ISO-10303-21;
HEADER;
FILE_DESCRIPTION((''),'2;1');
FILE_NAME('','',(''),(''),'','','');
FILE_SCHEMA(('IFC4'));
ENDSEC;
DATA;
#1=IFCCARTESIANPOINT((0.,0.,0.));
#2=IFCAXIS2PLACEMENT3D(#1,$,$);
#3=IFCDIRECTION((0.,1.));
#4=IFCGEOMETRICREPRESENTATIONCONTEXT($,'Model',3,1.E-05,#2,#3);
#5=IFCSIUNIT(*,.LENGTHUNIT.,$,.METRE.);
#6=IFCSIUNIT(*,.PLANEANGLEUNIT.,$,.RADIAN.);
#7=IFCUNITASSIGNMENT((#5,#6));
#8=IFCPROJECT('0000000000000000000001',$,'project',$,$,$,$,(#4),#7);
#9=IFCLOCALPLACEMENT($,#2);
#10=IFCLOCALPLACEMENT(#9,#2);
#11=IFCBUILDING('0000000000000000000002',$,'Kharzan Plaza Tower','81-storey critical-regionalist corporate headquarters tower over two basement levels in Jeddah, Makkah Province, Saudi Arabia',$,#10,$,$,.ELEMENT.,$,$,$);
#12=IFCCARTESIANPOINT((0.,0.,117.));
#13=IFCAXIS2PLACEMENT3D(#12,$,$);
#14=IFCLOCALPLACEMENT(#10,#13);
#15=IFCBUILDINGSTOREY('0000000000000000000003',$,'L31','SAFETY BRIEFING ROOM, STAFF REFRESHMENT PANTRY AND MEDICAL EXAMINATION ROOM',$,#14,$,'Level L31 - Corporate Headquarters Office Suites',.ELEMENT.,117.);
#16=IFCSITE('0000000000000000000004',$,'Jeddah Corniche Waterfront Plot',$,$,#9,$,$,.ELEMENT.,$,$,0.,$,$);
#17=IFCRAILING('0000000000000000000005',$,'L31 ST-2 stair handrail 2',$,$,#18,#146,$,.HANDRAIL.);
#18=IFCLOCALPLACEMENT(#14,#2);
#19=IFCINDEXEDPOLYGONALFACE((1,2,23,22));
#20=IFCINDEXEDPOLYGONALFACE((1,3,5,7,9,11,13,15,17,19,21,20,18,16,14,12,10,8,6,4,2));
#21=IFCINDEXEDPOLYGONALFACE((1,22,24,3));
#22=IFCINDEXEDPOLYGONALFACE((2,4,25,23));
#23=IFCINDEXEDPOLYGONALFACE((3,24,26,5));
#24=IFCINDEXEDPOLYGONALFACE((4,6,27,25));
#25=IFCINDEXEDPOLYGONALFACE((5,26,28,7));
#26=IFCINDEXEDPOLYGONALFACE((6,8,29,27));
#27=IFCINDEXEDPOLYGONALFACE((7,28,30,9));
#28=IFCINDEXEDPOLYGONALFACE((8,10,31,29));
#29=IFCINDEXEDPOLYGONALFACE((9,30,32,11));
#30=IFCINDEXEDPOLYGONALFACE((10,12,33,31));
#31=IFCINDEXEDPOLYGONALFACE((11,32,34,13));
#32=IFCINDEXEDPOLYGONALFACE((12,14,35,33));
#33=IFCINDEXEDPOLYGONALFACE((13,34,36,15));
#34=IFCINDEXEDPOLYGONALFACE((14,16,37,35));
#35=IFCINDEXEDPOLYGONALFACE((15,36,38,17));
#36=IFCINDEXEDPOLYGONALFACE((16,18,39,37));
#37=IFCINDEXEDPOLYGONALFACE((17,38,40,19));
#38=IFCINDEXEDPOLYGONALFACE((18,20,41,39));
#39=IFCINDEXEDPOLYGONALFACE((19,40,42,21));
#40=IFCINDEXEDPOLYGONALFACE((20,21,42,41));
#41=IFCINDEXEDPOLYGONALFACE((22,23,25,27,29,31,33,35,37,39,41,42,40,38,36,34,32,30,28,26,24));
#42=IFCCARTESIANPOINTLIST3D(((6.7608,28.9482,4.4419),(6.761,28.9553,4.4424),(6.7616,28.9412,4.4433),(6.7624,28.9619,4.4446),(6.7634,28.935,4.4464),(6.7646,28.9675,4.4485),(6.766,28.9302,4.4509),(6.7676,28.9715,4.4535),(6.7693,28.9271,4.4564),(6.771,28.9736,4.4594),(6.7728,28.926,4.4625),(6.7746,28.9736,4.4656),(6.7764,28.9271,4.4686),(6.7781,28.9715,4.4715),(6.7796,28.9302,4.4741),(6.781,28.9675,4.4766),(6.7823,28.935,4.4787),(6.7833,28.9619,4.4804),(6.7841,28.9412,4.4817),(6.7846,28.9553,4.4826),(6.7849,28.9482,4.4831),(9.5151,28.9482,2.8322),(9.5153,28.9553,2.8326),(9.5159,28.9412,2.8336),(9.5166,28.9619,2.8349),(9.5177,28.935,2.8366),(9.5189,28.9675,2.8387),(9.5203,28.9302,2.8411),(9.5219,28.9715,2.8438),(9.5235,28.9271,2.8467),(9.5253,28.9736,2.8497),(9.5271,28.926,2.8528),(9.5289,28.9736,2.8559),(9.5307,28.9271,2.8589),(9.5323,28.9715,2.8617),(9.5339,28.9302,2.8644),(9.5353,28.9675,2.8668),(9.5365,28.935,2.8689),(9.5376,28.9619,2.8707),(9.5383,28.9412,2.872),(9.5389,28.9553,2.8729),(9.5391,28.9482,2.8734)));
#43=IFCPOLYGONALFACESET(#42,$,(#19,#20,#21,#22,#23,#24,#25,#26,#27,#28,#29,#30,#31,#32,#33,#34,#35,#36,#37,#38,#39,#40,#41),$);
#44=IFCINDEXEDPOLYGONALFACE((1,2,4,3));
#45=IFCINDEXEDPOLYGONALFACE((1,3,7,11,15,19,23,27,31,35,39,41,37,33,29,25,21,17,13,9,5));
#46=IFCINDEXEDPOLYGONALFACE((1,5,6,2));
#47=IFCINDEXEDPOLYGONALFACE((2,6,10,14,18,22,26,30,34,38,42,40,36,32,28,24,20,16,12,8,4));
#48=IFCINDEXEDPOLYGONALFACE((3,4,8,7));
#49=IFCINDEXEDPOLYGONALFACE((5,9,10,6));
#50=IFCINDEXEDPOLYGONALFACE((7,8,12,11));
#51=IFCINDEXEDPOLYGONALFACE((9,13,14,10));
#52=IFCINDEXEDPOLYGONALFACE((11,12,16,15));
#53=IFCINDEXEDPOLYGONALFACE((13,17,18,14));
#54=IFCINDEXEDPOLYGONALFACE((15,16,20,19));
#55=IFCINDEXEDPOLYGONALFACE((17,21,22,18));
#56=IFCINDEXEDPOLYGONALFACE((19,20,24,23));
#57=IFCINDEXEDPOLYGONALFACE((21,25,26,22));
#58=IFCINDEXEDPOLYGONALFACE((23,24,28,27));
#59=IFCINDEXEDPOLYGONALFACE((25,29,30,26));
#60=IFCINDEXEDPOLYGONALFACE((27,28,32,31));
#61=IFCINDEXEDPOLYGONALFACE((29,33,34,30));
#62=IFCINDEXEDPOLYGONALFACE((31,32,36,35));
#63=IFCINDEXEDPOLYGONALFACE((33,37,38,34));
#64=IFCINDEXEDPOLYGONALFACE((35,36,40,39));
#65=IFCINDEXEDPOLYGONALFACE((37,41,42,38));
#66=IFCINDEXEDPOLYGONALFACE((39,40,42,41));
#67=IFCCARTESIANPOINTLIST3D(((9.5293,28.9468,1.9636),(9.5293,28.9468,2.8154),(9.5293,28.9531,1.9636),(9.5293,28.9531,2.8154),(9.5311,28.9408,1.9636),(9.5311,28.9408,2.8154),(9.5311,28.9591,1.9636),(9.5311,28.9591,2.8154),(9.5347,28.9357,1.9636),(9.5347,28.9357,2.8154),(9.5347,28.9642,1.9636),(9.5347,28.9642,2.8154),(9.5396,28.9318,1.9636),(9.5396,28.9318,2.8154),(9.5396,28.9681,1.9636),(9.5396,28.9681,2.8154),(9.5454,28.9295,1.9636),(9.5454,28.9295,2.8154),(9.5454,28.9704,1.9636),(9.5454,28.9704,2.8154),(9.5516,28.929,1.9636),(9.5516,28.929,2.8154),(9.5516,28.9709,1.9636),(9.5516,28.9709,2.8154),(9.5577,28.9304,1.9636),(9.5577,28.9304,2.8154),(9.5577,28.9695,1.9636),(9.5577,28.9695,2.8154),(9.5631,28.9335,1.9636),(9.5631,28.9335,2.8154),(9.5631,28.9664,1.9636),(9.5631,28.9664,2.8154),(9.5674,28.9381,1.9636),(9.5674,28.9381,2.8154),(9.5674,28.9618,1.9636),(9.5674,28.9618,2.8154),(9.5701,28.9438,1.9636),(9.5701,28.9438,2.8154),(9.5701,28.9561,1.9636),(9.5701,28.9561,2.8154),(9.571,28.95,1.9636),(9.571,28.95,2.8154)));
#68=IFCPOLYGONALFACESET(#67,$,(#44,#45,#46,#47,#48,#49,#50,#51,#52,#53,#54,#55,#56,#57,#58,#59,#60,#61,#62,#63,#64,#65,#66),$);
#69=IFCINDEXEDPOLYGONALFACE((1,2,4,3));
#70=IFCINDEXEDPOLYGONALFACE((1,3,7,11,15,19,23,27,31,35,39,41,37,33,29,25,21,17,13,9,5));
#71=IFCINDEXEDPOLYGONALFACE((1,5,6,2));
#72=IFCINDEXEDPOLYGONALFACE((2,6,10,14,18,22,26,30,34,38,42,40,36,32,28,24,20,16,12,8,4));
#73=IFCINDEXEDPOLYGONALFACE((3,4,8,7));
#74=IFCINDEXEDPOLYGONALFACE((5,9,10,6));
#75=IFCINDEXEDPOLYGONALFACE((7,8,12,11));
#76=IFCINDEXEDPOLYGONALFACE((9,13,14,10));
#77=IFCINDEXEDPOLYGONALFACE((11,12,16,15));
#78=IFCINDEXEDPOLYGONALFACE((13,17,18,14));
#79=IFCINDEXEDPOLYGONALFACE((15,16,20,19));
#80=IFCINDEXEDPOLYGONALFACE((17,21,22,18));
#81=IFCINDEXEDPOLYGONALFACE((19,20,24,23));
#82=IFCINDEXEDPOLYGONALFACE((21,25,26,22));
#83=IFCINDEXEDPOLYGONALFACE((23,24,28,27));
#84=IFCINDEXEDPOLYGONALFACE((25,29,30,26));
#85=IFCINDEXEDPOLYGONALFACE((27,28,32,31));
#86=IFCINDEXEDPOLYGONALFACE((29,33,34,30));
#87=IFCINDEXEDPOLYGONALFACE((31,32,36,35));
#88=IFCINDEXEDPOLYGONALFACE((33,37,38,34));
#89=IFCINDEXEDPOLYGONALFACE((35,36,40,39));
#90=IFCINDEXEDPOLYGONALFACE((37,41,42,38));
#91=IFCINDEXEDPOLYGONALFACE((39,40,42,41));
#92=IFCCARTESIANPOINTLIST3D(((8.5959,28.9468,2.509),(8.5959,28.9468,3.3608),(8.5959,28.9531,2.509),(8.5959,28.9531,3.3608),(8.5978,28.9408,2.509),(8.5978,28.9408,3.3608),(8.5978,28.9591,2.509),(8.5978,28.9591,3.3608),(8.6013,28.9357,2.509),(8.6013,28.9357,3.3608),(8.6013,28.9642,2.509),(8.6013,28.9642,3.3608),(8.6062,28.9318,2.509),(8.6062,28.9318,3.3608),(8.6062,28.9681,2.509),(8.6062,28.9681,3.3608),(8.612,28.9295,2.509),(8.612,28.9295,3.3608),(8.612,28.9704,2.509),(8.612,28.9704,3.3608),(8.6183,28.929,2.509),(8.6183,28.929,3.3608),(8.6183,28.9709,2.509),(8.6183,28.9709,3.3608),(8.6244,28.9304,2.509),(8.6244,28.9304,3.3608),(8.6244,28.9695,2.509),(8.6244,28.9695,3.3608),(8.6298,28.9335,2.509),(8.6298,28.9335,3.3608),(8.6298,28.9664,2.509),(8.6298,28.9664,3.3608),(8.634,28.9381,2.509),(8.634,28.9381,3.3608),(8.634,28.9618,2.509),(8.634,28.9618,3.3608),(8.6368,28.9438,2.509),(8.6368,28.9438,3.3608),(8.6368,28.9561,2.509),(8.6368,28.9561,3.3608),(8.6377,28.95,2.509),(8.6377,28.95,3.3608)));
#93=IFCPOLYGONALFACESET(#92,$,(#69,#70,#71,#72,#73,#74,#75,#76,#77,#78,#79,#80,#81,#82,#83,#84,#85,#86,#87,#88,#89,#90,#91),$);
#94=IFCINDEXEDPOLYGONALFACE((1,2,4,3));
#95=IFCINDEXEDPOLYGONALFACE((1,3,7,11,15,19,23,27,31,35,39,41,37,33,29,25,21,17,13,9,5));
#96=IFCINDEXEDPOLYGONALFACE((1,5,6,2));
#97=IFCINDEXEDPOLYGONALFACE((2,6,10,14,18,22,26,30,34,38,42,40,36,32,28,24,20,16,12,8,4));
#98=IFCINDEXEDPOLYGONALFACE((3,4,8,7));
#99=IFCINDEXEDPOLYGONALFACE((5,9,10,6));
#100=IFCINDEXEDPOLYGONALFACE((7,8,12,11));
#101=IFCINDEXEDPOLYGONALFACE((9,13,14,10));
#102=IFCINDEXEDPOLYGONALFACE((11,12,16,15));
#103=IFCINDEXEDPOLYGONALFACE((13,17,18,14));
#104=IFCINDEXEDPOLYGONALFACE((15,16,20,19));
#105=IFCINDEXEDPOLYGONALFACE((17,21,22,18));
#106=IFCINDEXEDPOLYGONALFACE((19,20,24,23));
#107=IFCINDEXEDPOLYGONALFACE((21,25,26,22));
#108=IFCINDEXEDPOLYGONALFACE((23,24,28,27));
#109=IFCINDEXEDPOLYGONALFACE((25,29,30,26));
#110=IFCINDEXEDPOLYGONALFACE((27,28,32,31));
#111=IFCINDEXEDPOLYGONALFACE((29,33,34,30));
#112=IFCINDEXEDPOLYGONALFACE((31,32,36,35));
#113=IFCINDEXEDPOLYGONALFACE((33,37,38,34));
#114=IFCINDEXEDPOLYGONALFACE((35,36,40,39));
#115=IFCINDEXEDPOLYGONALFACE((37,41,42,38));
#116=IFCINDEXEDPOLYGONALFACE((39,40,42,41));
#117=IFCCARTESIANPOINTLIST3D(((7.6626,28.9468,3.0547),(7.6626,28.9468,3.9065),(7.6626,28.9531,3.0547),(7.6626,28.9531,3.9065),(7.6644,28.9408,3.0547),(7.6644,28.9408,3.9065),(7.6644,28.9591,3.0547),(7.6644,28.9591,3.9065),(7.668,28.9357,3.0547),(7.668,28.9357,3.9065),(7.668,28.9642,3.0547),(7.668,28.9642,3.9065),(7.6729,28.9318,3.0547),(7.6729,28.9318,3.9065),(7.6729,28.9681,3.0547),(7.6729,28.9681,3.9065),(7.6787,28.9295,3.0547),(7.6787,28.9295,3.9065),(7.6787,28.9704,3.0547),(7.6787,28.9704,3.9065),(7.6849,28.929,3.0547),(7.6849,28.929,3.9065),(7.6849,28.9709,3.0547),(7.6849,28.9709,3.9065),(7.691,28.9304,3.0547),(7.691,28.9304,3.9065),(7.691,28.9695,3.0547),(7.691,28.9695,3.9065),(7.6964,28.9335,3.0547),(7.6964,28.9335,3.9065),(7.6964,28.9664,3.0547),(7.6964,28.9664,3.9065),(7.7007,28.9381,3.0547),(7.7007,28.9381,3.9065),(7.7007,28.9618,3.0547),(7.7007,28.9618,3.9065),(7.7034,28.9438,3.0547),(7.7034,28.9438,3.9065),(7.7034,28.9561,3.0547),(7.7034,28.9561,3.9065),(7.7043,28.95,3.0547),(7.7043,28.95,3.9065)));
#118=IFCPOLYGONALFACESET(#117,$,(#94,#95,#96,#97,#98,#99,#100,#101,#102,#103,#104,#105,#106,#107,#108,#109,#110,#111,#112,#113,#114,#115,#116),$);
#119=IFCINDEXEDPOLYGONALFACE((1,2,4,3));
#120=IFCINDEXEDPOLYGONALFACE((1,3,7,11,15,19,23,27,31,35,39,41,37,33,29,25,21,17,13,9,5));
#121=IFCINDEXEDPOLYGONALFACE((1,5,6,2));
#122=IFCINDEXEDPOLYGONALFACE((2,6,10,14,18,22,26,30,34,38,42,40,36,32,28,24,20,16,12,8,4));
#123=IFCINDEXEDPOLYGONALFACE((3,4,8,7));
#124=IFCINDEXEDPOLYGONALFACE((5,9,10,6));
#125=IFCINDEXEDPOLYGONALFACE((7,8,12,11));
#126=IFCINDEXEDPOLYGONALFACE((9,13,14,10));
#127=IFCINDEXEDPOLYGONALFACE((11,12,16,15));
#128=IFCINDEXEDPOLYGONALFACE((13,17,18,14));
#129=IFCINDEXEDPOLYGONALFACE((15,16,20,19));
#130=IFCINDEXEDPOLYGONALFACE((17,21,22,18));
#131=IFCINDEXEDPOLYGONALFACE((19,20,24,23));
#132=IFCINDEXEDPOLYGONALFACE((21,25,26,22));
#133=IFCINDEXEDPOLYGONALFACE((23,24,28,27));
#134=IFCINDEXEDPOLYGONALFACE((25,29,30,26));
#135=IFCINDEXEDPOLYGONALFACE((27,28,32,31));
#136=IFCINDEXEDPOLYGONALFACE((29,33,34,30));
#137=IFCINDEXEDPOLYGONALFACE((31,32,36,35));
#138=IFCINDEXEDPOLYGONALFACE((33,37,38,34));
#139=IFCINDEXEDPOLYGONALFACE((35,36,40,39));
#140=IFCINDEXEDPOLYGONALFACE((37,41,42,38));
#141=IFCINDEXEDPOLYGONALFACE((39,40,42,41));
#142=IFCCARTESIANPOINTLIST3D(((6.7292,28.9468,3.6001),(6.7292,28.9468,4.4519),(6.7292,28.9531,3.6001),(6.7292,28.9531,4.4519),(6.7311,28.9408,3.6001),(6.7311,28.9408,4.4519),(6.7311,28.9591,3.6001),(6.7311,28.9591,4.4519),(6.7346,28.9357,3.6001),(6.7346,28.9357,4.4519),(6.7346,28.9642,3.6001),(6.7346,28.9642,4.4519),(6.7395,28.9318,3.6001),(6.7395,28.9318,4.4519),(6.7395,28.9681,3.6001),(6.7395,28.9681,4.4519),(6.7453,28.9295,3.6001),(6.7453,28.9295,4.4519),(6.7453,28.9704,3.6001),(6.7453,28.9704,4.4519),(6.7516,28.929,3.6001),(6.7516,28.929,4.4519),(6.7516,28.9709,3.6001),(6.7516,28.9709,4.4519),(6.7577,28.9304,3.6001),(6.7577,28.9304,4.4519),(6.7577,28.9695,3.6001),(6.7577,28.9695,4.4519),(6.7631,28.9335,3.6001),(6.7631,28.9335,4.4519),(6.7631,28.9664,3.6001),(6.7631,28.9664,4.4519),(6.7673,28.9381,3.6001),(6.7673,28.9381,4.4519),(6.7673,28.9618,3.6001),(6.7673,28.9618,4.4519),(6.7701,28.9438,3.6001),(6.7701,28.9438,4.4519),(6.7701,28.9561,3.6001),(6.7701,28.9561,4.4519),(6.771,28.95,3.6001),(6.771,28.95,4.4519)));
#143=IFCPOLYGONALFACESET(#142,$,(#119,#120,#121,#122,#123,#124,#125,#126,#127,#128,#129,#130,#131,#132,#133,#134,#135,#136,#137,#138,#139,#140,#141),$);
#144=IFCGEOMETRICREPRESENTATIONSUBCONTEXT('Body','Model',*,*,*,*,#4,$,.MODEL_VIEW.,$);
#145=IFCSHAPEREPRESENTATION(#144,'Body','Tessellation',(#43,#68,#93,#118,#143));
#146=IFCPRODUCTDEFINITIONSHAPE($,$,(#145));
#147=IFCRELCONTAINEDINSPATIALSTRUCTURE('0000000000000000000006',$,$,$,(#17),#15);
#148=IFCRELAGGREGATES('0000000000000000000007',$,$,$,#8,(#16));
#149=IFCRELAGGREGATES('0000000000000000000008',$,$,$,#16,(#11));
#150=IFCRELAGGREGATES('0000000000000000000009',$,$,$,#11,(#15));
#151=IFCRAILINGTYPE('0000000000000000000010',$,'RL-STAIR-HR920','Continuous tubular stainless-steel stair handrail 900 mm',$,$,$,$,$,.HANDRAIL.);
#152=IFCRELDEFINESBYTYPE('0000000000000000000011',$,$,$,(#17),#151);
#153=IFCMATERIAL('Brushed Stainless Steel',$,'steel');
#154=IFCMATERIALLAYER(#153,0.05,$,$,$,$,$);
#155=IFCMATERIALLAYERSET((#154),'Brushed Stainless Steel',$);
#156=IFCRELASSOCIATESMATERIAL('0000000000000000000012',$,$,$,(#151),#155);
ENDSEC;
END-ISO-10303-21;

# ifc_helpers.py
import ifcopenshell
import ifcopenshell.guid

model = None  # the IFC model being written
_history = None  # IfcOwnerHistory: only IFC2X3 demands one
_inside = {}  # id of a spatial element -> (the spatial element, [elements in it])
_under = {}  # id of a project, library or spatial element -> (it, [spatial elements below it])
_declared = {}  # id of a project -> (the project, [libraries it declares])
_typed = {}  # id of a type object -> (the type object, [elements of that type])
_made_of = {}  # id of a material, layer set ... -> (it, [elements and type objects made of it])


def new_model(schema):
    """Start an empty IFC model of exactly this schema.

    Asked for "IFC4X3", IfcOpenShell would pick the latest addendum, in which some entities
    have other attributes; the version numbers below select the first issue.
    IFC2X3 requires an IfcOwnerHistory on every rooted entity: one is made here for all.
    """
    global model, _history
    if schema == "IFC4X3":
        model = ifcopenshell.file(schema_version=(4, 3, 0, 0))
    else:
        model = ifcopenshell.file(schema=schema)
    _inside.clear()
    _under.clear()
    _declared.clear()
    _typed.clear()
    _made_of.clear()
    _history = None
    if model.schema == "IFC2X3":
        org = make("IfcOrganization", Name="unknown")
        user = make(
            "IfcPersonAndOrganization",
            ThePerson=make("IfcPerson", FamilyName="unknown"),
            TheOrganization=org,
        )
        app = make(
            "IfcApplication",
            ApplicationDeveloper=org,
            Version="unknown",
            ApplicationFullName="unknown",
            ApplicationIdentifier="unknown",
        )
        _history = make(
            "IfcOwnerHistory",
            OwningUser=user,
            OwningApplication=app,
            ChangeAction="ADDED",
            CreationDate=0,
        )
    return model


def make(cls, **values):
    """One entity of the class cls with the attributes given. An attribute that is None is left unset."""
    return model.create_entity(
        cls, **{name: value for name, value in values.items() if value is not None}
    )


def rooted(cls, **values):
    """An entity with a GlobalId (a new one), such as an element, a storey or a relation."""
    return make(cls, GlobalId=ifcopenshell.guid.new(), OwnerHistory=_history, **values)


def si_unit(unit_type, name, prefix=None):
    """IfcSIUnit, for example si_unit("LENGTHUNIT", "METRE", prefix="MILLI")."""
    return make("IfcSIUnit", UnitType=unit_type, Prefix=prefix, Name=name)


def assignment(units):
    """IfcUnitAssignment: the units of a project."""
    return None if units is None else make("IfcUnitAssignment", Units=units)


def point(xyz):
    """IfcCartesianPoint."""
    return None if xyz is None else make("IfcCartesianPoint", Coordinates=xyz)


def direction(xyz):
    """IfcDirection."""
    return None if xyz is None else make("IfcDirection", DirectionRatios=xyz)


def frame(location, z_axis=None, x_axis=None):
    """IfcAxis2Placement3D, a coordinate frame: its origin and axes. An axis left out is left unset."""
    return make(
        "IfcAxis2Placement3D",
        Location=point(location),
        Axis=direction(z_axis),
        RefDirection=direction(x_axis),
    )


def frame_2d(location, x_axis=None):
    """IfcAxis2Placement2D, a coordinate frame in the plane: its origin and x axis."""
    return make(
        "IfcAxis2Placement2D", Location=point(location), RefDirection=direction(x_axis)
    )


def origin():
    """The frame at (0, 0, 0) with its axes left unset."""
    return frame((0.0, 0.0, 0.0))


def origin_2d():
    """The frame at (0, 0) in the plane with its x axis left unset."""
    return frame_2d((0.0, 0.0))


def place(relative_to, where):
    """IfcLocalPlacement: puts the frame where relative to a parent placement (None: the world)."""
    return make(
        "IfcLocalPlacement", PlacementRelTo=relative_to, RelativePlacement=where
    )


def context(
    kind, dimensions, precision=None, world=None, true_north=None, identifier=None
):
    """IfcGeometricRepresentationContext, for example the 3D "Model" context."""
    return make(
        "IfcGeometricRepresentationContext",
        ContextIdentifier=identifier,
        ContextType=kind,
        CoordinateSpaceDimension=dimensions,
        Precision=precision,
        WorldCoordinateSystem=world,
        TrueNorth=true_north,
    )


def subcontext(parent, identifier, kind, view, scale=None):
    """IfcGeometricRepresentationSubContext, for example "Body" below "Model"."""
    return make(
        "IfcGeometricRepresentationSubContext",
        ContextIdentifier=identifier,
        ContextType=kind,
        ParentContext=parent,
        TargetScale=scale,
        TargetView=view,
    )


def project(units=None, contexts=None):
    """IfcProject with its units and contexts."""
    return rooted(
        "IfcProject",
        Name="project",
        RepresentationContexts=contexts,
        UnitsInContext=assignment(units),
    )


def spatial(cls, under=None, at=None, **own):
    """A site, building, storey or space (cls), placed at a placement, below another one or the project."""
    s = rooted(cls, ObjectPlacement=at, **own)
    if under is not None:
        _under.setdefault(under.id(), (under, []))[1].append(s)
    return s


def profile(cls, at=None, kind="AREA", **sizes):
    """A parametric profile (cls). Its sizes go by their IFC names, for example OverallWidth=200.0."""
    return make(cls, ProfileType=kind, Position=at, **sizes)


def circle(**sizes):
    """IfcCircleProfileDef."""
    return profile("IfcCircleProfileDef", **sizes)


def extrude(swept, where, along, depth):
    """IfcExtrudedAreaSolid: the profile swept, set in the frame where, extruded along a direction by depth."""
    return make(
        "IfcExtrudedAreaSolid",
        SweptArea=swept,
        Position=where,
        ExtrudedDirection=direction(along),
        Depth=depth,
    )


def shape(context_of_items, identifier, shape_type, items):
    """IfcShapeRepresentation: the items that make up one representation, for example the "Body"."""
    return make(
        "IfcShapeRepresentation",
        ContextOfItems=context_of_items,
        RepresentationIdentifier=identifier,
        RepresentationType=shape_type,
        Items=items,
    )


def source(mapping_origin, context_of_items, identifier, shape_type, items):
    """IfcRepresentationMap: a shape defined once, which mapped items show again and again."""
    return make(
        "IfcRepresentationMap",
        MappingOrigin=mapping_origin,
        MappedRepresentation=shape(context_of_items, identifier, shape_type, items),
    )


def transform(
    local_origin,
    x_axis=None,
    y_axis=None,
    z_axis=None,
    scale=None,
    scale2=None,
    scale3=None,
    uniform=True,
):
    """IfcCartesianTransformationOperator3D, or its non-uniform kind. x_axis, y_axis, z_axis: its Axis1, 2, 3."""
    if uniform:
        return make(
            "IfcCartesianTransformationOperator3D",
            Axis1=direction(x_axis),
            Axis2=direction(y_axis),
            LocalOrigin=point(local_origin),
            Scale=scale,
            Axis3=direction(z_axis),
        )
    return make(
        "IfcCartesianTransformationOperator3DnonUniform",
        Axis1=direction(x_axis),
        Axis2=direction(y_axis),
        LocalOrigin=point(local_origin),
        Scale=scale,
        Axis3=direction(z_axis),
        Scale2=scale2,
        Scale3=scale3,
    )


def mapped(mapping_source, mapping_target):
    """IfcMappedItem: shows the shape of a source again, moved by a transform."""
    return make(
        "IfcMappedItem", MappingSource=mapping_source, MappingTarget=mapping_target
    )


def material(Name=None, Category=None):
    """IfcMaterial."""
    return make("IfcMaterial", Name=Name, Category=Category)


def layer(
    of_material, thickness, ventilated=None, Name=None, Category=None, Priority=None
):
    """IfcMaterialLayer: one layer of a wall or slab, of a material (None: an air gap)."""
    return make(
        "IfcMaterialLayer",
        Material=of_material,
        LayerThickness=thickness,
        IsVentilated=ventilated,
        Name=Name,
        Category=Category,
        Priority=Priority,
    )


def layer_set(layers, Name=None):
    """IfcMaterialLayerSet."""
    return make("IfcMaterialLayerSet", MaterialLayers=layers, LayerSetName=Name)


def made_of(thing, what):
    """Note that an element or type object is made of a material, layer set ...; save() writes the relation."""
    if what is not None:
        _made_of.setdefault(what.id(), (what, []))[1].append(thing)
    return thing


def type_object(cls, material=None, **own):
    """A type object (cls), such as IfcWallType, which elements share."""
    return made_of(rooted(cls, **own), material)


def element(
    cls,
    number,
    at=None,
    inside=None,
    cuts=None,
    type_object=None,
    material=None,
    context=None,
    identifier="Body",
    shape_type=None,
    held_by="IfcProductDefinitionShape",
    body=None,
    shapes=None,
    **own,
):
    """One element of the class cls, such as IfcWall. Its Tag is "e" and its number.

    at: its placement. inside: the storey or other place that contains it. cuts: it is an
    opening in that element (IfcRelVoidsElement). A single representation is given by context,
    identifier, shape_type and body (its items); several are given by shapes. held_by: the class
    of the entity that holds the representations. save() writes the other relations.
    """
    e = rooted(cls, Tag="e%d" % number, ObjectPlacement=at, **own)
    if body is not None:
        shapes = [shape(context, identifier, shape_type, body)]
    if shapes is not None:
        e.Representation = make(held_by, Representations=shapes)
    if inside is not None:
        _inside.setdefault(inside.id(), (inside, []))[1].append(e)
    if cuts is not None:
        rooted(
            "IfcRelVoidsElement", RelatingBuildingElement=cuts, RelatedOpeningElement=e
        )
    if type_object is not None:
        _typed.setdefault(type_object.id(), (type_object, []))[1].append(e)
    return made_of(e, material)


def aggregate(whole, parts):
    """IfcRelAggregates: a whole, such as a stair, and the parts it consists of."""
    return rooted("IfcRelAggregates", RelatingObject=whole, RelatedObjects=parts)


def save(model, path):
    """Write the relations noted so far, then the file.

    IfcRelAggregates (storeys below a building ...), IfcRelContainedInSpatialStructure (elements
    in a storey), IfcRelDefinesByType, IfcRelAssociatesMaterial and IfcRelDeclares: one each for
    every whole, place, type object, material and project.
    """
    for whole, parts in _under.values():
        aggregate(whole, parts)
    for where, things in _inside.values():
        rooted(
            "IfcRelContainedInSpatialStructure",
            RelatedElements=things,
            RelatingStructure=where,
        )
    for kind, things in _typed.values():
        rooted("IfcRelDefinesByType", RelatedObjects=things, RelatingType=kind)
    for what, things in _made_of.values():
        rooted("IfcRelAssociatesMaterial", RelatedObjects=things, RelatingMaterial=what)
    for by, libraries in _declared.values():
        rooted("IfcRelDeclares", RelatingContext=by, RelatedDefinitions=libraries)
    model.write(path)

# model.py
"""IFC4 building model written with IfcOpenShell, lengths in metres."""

from ifc_helpers import new_model, si_unit, direction, frame, origin, origin_2d, place, context, subcontext, project, spatial, circle, extrude, source, transform, mapped, material, layer, layer_set, type_object, element, save


model = new_model("IFC4")

# Units and contexts
model_context = context("Model", 3, precision=1e-05, world=origin(), true_north=direction((0.0, 1.0)))
body_context = subcontext(model_context, "Body", "Model", "MODEL_VIEW")
ifc_project = project(units=[si_unit("LENGTHUNIT", "METRE"), si_unit("PLANEANGLEUNIT", "RADIAN")], contexts=[model_context])

# Site, building, storey
site_placement = place(None, origin())
site = spatial("IfcSite", under=ifc_project, at=site_placement, Name="Jeddah Corniche Waterfront Plot", CompositionType="ELEMENT", RefElevation=0.0)
building_placement = place(site_placement, origin())
building = spatial("IfcBuilding", under=site, at=building_placement, Name="Kharzan Plaza Tower", Description="81-storey critical-regionalist corporate headquarters tower over two basement levels in Jeddah, Makkah Province, Saudi Arabia", CompositionType="ELEMENT")
storey_placement = place(building_placement, frame((0.0, 0.0, 117.0)))
storey = spatial("IfcBuildingStorey", under=building, at=storey_placement, Name="L31", Description="SAFETY BRIEFING ROOM, STAFF REFRESHMENT PANTRY AND MEDICAL EXAMINATION ROOM", LongName="Level L31 - Corporate Headquarters Office Suites", CompositionType="ELEMENT", Elevation=117.0)

# Shared definitions
ifc_material_1 = material(Name="Brushed Stainless Steel", Category="steel")

# Railing
ifc_layer_1 = layer(ifc_material_1, 0.05)
ifc_layer_set_1 = layer_set([ifc_layer_1], Name="Brushed Stainless Steel")
railing_type_1 = type_object("IfcRailingType", Name="RL-STAIR-HR920", Description="Continuous tubular stainless-steel stair handrail 900 mm", PredefinedType="HANDRAIL", material=ifc_layer_set_1)
shared_shape_1 = source(origin(), body_context, "Body", "SweptSolid", [
    extrude(circle(Radius=0.0239, at=origin_2d()), frame((-0.0229, 0.0, 0.8892), z_axis=(-0.863361, 0.0, 0.504587), x_axis=(0.0, -1.0, 0.0)), (0.0, 0.0, 1.0), 3.1902),
    extrude(circle(Radius=0.021, at=origin_2d()), origin(), (0.0, 0.0, 1.0), 0.8518),
    extrude(circle(Radius=0.021, at=origin_2d()), frame((-0.9333, 0.0, 0.5454)), (0.0, 0.0, 1.0), 0.8518),
    extrude(circle(Radius=0.021, at=origin_2d()), frame((-1.8667, 0.0, 1.0911)), (0.0, 0.0, 1.0), 0.8518),
    extrude(circle(Radius=0.021, at=origin_2d()), frame((-2.8, 0.0, 1.6365)), (0.0, 0.0, 1.0), 0.8518),
])
railing_1_placement = place(storey_placement, frame((9.55, 28.95, 1.9636)))
element("IfcRailing", 1, at=railing_1_placement, inside=storey, type_object=railing_type_1, Name="L31 ST-2 stair handrail 2", PredefinedType="HANDRAIL", context=body_context, shape_type="MappedRepresentation", body=[
    mapped(shared_shape_1, transform((0.0, 0.0, 0.0), x_axis=(1.0, 0.0, 0.0), y_axis=(0.0, 1.0, 0.0), z_axis=(0.0, 0.0, 1.0))),
])

save(model, "model.ifc")
